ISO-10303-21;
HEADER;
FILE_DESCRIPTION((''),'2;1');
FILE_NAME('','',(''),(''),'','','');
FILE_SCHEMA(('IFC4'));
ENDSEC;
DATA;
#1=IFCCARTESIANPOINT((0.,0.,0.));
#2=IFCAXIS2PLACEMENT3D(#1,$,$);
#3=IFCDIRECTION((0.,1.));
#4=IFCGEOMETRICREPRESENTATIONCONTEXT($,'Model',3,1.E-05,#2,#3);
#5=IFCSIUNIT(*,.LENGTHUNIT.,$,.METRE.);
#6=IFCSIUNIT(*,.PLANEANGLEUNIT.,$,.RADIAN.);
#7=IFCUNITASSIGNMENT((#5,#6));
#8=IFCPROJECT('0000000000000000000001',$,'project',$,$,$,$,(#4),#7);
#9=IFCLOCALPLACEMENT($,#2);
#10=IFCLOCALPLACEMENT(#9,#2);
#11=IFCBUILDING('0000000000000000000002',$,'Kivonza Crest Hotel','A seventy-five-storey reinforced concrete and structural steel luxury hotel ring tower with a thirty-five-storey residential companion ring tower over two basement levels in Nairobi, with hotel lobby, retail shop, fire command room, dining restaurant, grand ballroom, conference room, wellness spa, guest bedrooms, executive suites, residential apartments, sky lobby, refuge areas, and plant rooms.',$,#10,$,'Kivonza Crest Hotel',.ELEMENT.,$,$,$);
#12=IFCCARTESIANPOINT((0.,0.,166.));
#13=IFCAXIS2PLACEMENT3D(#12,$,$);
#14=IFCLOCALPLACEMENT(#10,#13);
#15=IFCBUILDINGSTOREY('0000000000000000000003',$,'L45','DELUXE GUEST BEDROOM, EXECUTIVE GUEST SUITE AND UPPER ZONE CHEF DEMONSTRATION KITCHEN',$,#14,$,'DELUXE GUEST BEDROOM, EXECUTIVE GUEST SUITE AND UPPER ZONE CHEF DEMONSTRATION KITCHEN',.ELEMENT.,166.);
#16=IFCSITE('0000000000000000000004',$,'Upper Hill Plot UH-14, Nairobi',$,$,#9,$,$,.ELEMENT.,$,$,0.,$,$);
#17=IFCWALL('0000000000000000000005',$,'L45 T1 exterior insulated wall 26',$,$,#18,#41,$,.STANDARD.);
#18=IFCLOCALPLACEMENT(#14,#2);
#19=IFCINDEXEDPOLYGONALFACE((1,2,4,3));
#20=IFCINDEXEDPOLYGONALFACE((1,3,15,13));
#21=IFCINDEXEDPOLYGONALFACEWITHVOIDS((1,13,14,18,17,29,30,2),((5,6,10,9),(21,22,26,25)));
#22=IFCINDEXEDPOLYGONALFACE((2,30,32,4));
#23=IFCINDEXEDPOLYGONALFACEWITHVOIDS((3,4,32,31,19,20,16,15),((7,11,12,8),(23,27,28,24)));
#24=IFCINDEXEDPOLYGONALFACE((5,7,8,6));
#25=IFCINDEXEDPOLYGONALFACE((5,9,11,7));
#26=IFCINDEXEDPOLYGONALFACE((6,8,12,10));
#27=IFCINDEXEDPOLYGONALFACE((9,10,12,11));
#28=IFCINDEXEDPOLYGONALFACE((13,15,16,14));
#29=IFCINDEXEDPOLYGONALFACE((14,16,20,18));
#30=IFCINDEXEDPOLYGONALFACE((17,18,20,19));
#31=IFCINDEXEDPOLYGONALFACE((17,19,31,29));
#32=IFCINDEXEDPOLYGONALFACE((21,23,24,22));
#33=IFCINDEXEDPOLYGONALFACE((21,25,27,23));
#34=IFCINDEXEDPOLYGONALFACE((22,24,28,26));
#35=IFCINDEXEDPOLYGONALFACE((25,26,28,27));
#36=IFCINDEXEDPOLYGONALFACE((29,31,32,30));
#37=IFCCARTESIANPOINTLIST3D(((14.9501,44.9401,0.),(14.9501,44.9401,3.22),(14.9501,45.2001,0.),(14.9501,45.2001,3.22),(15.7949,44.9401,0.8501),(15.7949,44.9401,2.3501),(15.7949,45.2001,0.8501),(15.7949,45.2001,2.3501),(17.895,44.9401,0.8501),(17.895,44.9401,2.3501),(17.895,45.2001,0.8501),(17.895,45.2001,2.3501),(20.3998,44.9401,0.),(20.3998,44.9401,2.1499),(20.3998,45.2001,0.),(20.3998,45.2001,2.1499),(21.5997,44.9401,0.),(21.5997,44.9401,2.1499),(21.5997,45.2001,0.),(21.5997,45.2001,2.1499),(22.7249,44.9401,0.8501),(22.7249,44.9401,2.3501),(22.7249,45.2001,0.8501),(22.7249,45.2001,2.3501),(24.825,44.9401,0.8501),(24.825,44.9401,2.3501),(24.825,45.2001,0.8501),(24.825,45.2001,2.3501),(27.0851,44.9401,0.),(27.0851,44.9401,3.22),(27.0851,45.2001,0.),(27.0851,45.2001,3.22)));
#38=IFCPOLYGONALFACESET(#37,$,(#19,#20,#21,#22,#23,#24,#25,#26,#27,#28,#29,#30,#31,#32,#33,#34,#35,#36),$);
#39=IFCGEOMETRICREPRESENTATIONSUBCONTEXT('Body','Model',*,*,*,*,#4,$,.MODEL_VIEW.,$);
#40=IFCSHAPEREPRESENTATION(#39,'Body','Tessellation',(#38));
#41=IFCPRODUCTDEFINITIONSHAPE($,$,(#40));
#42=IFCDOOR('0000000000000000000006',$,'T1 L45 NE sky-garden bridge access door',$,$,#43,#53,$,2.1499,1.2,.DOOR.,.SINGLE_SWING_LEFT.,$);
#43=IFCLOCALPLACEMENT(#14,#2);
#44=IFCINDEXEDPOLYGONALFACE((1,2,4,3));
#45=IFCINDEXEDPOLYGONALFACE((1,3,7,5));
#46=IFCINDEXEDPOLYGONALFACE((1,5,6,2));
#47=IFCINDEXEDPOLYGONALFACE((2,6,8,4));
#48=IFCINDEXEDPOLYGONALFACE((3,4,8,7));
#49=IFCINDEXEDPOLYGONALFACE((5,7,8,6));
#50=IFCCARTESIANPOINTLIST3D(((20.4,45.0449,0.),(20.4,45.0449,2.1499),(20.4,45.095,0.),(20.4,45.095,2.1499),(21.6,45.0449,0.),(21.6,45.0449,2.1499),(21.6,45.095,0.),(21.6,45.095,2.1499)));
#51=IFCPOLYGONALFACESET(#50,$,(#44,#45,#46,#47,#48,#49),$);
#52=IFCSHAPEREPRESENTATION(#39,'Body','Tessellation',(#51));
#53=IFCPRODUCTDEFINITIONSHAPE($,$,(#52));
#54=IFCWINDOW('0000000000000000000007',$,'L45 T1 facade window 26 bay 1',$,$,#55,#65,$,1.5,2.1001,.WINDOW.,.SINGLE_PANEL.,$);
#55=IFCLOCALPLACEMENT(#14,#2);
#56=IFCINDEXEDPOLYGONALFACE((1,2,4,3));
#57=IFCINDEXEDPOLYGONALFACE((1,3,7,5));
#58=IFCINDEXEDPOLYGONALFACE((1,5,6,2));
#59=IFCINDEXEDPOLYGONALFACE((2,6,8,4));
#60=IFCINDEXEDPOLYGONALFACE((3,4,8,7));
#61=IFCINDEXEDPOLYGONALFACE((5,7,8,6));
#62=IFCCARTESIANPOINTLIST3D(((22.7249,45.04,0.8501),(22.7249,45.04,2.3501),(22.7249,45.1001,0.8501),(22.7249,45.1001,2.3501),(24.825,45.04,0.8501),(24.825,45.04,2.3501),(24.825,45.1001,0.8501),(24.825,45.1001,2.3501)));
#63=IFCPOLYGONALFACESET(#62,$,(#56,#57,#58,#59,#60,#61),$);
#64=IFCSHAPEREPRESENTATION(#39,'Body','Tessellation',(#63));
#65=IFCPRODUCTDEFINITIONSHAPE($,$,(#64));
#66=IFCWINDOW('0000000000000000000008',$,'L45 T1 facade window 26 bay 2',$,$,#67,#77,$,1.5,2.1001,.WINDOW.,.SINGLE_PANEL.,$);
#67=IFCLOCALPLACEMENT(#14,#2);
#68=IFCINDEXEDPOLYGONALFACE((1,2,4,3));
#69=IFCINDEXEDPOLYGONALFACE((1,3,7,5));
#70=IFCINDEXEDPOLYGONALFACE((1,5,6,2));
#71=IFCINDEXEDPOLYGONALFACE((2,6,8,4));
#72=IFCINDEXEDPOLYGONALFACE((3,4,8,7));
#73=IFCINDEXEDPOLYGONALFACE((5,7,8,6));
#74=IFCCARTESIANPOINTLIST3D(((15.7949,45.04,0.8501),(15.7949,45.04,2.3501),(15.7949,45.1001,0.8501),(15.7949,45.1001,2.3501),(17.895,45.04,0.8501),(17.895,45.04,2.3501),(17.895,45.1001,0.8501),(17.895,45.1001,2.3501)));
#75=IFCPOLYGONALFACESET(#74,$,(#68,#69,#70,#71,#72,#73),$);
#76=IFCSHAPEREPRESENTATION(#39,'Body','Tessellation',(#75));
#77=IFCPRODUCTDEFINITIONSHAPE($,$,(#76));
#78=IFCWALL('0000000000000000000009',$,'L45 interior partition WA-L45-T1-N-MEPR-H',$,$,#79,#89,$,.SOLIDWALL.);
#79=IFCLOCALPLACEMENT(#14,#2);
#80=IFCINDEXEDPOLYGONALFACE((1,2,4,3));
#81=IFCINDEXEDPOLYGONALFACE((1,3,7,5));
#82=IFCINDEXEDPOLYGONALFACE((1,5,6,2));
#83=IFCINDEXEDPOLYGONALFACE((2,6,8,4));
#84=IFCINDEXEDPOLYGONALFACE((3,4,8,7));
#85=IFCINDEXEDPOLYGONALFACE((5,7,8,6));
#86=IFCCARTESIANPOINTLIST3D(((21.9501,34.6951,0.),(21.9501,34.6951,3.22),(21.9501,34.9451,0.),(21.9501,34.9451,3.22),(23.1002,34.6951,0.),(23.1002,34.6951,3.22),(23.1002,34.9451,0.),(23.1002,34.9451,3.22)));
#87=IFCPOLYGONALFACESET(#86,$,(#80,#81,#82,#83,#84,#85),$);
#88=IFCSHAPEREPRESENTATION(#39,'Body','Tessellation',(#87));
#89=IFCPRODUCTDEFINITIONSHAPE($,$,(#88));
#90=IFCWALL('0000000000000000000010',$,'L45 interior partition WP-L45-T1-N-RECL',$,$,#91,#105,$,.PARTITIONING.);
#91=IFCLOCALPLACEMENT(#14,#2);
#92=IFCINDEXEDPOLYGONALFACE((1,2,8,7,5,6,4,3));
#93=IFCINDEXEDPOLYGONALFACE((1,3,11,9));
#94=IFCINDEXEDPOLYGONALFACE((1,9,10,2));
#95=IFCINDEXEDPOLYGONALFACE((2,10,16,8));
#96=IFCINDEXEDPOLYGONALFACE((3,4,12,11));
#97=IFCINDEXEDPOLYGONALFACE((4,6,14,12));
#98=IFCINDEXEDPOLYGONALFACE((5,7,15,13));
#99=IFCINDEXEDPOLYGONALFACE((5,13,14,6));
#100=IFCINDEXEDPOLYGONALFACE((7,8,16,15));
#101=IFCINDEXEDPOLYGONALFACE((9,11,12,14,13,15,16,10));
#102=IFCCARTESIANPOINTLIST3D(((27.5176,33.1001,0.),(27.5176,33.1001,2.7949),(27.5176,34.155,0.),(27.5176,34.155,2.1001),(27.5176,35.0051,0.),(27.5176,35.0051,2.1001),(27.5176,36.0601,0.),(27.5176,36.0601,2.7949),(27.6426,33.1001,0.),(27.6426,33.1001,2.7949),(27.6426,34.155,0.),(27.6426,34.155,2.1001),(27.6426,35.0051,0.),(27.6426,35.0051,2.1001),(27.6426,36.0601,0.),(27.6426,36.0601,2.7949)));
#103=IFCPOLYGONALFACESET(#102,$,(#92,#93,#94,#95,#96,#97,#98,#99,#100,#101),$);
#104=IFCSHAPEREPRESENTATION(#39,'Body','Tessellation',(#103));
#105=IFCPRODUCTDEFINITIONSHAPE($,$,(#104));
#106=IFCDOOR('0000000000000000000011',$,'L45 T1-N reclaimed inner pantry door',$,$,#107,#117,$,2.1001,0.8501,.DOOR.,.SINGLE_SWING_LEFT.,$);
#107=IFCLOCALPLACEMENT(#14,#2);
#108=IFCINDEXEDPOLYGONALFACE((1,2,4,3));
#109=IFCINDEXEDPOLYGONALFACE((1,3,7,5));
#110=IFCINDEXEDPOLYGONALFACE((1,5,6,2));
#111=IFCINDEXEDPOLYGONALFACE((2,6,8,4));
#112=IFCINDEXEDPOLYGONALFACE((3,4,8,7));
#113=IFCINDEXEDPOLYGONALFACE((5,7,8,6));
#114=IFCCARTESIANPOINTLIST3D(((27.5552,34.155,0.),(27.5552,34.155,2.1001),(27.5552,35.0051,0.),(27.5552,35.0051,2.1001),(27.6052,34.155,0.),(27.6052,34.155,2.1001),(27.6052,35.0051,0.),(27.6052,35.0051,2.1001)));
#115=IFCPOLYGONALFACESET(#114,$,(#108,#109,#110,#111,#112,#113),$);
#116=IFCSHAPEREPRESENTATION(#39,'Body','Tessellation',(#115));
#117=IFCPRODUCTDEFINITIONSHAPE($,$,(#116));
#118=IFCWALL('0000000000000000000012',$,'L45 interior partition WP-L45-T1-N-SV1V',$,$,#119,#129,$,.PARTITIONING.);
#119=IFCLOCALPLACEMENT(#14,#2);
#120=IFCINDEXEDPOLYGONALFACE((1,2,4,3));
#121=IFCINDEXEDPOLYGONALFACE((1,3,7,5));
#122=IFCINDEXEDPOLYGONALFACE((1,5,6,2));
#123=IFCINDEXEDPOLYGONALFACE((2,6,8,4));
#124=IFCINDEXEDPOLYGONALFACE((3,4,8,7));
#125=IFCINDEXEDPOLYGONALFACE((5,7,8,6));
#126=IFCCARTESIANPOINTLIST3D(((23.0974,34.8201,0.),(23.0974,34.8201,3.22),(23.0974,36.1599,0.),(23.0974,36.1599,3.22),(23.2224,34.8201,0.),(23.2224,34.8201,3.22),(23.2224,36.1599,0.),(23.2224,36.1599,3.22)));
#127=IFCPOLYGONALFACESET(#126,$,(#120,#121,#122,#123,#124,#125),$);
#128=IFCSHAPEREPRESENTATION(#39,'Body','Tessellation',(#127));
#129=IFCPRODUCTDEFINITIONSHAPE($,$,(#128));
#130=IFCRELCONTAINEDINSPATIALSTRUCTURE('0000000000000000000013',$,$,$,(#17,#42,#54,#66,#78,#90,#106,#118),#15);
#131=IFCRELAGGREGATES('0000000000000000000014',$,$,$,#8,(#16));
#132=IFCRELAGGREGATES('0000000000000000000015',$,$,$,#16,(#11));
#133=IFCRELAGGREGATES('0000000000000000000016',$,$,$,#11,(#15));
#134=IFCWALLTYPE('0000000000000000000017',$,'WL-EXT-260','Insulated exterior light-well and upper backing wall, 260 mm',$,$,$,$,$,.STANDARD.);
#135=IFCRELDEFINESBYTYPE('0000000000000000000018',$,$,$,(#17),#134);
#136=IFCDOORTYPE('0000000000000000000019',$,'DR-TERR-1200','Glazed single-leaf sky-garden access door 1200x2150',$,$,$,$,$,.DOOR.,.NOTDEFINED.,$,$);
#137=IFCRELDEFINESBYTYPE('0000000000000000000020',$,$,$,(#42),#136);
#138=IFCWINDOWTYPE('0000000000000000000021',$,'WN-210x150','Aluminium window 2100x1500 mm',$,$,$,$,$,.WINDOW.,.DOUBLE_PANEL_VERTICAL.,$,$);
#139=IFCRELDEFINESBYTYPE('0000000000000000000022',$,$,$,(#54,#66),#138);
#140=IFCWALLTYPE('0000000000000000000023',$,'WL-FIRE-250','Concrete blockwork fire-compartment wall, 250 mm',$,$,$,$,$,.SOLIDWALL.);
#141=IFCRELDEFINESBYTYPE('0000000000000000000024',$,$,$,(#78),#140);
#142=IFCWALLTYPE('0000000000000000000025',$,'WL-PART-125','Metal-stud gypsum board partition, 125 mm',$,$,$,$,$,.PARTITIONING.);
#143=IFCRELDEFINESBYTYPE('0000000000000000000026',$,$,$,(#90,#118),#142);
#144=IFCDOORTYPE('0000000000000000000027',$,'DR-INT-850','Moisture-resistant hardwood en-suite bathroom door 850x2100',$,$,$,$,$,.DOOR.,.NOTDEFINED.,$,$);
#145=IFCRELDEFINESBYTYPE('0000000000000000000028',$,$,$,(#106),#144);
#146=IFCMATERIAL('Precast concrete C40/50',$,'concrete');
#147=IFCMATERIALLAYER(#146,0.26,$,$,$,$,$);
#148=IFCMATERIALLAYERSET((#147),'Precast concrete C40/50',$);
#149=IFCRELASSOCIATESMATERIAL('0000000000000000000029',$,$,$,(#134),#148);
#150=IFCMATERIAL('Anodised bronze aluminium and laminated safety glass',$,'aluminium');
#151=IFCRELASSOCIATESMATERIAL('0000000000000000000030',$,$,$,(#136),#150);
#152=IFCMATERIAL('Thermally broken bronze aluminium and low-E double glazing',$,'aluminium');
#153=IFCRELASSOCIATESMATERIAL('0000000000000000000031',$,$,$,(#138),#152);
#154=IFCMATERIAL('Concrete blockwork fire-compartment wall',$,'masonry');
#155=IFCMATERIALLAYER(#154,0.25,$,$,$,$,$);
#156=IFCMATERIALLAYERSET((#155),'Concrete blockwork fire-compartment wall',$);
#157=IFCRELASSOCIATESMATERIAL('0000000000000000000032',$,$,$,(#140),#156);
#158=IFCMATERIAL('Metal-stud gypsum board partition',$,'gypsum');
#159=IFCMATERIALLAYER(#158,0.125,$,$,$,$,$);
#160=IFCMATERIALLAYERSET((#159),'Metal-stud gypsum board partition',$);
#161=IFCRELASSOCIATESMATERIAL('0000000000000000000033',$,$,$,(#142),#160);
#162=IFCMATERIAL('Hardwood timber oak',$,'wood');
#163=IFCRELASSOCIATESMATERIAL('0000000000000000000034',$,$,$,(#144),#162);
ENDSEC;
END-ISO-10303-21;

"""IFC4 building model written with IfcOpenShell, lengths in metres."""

from ifc_helpers import new_model, si_unit, direction, frame, frame_2d, origin, place, context, subcontext, project, spatial, rectangle, extrude, material, layer, layer_set, type_object, element, fill, save


model = new_model("IFC4")

# Units and contexts
model_context = context("Model", 3, precision=1e-05, world=origin(), true_north=direction((0.0, 1.0)))
body_context = subcontext(model_context, "Body", "Model", "MODEL_VIEW")
ifc_project = project(units=[si_unit("LENGTHUNIT", "METRE"), si_unit("PLANEANGLEUNIT", "RADIAN")], contexts=[model_context])

# Site, building, storey
site_placement = place(None, origin())
site = spatial("IfcSite", under=ifc_project, at=site_placement, Name="Upper Hill Plot UH-14, Nairobi", CompositionType="ELEMENT", RefElevation=0.0)
building_placement = place(site_placement, origin())
building = spatial("IfcBuilding", under=site, at=building_placement, Name="Kivonza Crest Hotel", Description="A seventy-five-storey reinforced concrete and structural steel luxury hotel ring tower with a thirty-five-storey residential companion ring tower over two basement levels in Nairobi, with hotel lobby, retail shop, fire command room, dining restaurant, grand ballroom, conference room, wellness spa, guest bedrooms, executive suites, residential apartments, sky lobby, refuge areas, and plant rooms.", LongName="Kivonza Crest Hotel", CompositionType="ELEMENT")
storey_placement = place(building_placement, frame((0.0, 0.0, 166.0)))
storey = spatial("IfcBuildingStorey", under=building, at=storey_placement, Name="L45", Description="DELUXE GUEST BEDROOM, EXECUTIVE GUEST SUITE AND UPPER ZONE CHEF DEMONSTRATION KITCHEN", LongName="DELUXE GUEST BEDROOM, EXECUTIVE GUEST SUITE AND UPPER ZONE CHEF DEMONSTRATION KITCHEN", CompositionType="ELEMENT", Elevation=166.0)

# Shared definitions
ifc_material_1 = material(Name="Hardwood timber oak", Category="wood")

# Wall, openings, door, windows
ifc_material_2 = material(Name="Precast concrete C40/50", Category="concrete")
ifc_layer_1 = layer(ifc_material_2, 0.26)
ifc_layer_set_1 = layer_set([ifc_layer_1], Name="Precast concrete C40/50")
wall_type_1 = type_object("IfcWallType", Name="WL-EXT-260", Description="Insulated exterior light-well and upper backing wall, 260 mm", PredefinedType="STANDARD", material=ifc_layer_set_1)
wall_1_placement = place(storey_placement, frame((27.085, 45.0701, 0.0), z_axis=(0.0, 0.0, 1.0), x_axis=(-1.0, 0.0, 0.0)))
wall_1 = element("IfcWall", 1, at=wall_1_placement, inside=storey, type_object=wall_type_1, Name="L45 T1 exterior insulated wall 26", PredefinedType="STANDARD", context=body_context, shape_type="SweptSolid", body=[
    extrude(rectangle(XDim=12.135, YDim=0.26, at=frame_2d((6.0674, 0.0))), origin(), (0.0, 0.0, 1.0), 3.22),
])
opening_1_placement = place(wall_1_placement, frame((5.4851, 0.0, 0.0)))
opening_1 = element("IfcOpeningElement", 2, at=opening_1_placement, cuts=wall_1, PredefinedType="OPENING", context=body_context, shape_type="SweptSolid", body=[
    extrude(rectangle(XDim=1.2, YDim=2.1499, at=frame_2d((0.6001, 1.075))), frame((0.0, 0.1401, 0.0), z_axis=(0.0, -1.0, 0.0), x_axis=(1.0, 0.0, 0.0)), (0.0, 0.0, 1.0), 0.28),
])
opening_2_placement = place(wall_1_placement, frame((2.26, 0.0, 0.8501)))
opening_2 = element("IfcOpeningElement", 3, at=opening_2_placement, cuts=wall_1, PredefinedType="OPENING", context=body_context, shape_type="SweptSolid", body=[
    extrude(rectangle(XDim=2.1001, YDim=1.5, at=frame_2d((1.05, 0.75))), frame((0.0, 0.1401, 0.0), z_axis=(0.0, -1.0, 0.0), x_axis=(1.0, 0.0, 0.0)), (0.0, 0.0, 1.0), 0.28),
])
opening_3_placement = place(wall_1_placement, frame((9.1899, 0.0, 0.8501)))
opening_3 = element("IfcOpeningElement", 4, at=opening_3_placement, cuts=wall_1, PredefinedType="OPENING", context=body_context, shape_type="SweptSolid", body=[
    extrude(rectangle(XDim=2.1001, YDim=1.5, at=frame_2d((1.05, 0.75))), frame((0.0, 0.1401, 0.0), z_axis=(0.0, -1.0, 0.0), x_axis=(1.0, 0.0, 0.0)), (0.0, 0.0, 1.0), 0.28),
])
ifc_material_3 = material(Name="Anodised bronze aluminium and laminated safety glass", Category="aluminium")
door_type_1 = type_object("IfcDoorType", Name="DR-TERR-1200", Description="Glazed single-leaf sky-garden access door 1200x2150", OperationType="NOTDEFINED", PredefinedType="DOOR", material=ifc_material_3)
door_1_placement = place(opening_1_placement, frame((1.2, 0.0, 0.0), z_axis=(0.0, 0.0, 1.0), x_axis=(-1.0, 0.0, 0.0)))
door_1 = element("IfcDoor", 5, at=door_1_placement, inside=storey, type_object=door_type_1, Name="T1 L45 NE sky-garden bridge access door", OperationType="SINGLE_SWING_LEFT", OverallHeight=2.1499, OverallWidth=1.2, PredefinedType="DOOR", context=body_context, shape_type="SweptSolid", body=[
    extrude(rectangle(XDim=1.2, YDim=2.1499, at=frame_2d((0.6001, 1.075))), frame((0.0, 0.0249, 0.0), z_axis=(0.0, -1.0, 0.0), x_axis=(1.0, 0.0, 0.0)), (0.0, 0.0, 1.0), 0.05),
])
fill(opening_1, door_1)
ifc_material_4 = material(Name="Thermally broken bronze aluminium and low-E double glazing", Category="aluminium")
window_type = type_object("IfcWindowType", Name="WN-210x150", Description="Aluminium window 2100x1500 mm", PartitioningType="DOUBLE_PANEL_VERTICAL", PredefinedType="WINDOW", material=ifc_material_4)
window_1_placement = place(opening_2_placement, origin())
window_1 = element("IfcWindow", 6, at=window_1_placement, inside=storey, type_object=window_type, Name="L45 T1 facade window 26 bay 1", OverallHeight=1.5, OverallWidth=2.1001, PartitioningType="SINGLE_PANEL", PredefinedType="WINDOW", context=body_context, shape_type="SweptSolid", body=[
    extrude(rectangle(XDim=2.1001, YDim=1.5, at=frame_2d((1.05, 0.75))), frame((0.0, 0.03, 0.0), z_axis=(0.0, -1.0, 0.0), x_axis=(1.0, 0.0, 0.0)), (0.0, 0.0, 1.0), 0.0601),
])
fill(opening_2, window_1)
window_2_placement = place(opening_3_placement, origin())
window_2 = element("IfcWindow", 7, at=window_2_placement, inside=storey, type_object=window_type, Name="L45 T1 facade window 26 bay 2", OverallHeight=1.5, OverallWidth=2.1001, PartitioningType="SINGLE_PANEL", PredefinedType="WINDOW", context=body_context, shape_type="SweptSolid", body=[
    extrude(rectangle(XDim=2.1001, YDim=1.5, at=frame_2d((1.05, 0.75))), frame((0.0, 0.03, 0.0), z_axis=(0.0, -1.0, 0.0), x_axis=(1.0, 0.0, 0.0)), (0.0, 0.0, 1.0), 0.0601),
])
fill(opening_3, window_2)

# Wall
ifc_material_5 = material(Name="Concrete blockwork fire-compartment wall", Category="masonry")
ifc_layer_2 = layer(ifc_material_5, 0.25)
ifc_layer_set_2 = layer_set([ifc_layer_2], Name="Concrete blockwork fire-compartment wall")
wall_type_2 = type_object("IfcWallType", Name="WL-FIRE-250", Description="Concrete blockwork fire-compartment wall, 250 mm", PredefinedType="SOLIDWALL", material=ifc_layer_set_2)
wall_2_placement = place(storey_placement, frame((21.95, 34.8201, 0.0), z_axis=(0.0, 0.0, 1.0), x_axis=(1.0, 0.0, 0.0)))
element("IfcWall", 8, at=wall_2_placement, inside=storey, type_object=wall_type_2, Name="L45 interior partition WA-L45-T1-N-MEPR-H", PredefinedType="SOLIDWALL", context=body_context, shape_type="SweptSolid", body=[
    extrude(rectangle(XDim=1.1501, YDim=0.25, at=frame_2d((0.5752, 0.0))), origin(), (0.0, 0.0, 1.0), 3.22),
])

# Wall, opening, door
ifc_material_6 = material(Name="Metal-stud gypsum board partition", Category="gypsum")
ifc_layer_3 = layer(ifc_material_6, 0.125)
ifc_layer_set_3 = layer_set([ifc_layer_3], Name="Metal-stud gypsum board partition")
wall_type_3 = type_object("IfcWallType", Name="WL-PART-125", Description="Metal-stud gypsum board partition, 125 mm", PredefinedType="PARTITIONING", material=ifc_layer_set_3)
wall_3_placement = place(storey_placement, frame((27.5801, 33.1001, 0.0), z_axis=(0.0, 0.0, 1.0), x_axis=(0.0, 1.0, 0.0)))
wall_3 = element("IfcWall", 9, at=wall_3_placement, inside=storey, type_object=wall_type_3, Name="L45 interior partition WP-L45-T1-N-RECL", PredefinedType="PARTITIONING", context=body_context, shape_type="SweptSolid", body=[
    extrude(rectangle(XDim=2.96, YDim=0.125, at=frame_2d((1.48, 0.0))), origin(), (0.0, 0.0, 1.0), 2.7949),
])
opening_4_placement = place(wall_3_placement, frame((1.0549, 0.0, 0.0)))
opening_4 = element("IfcOpeningElement", 10, at=opening_4_placement, cuts=wall_3, PredefinedType="OPENING", context=body_context, shape_type="SweptSolid", body=[
    extrude(rectangle(XDim=0.8501, YDim=2.1001, at=frame_2d((0.425, 1.05))), frame((0.0, 0.0725, 0.0), z_axis=(0.0, -1.0, 0.0), x_axis=(1.0, 0.0, 0.0)), (0.0, 0.0, 1.0), 0.145),
])
door_type_2 = type_object("IfcDoorType", Name="DR-INT-850", Description="Moisture-resistant hardwood en-suite bathroom door 850x2100", OperationType="NOTDEFINED", PredefinedType="DOOR", material=ifc_material_1)
door_2_placement = place(opening_4_placement, origin())
door_2 = element("IfcDoor", 11, at=door_2_placement, inside=storey, type_object=door_type_2, Name="L45 T1-N reclaimed inner pantry door", OperationType="SINGLE_SWING_LEFT", OverallHeight=2.1001, OverallWidth=0.8501, PredefinedType="DOOR", context=body_context, shape_type="SweptSolid", body=[
    extrude(rectangle(XDim=0.8501, YDim=2.1001, at=frame_2d((0.425, 1.05))), frame((0.0, 0.0249, 0.0), z_axis=(0.0, -1.0, 0.0), x_axis=(1.0, 0.0, 0.0)), (0.0, 0.0, 1.0), 0.05),
])
fill(opening_4, door_2)

# Wall
wall_4_placement = place(storey_placement, frame((23.1599, 34.8201, 0.0), z_axis=(0.0, 0.0, 1.0), x_axis=(0.0, 1.0, 0.0)))
element("IfcWall", 12, at=wall_4_placement, inside=storey, type_object=wall_type_3, Name="L45 interior partition WP-L45-T1-N-SV1V", PredefinedType="PARTITIONING", context=body_context, shape_type="SweptSolid", body=[
    extrude(rectangle(XDim=1.3398, YDim=0.125, at=frame_2d((0.6699, 0.0))), origin(), (0.0, 0.0, 1.0), 3.22),
])

save(model, "model.ifc")
